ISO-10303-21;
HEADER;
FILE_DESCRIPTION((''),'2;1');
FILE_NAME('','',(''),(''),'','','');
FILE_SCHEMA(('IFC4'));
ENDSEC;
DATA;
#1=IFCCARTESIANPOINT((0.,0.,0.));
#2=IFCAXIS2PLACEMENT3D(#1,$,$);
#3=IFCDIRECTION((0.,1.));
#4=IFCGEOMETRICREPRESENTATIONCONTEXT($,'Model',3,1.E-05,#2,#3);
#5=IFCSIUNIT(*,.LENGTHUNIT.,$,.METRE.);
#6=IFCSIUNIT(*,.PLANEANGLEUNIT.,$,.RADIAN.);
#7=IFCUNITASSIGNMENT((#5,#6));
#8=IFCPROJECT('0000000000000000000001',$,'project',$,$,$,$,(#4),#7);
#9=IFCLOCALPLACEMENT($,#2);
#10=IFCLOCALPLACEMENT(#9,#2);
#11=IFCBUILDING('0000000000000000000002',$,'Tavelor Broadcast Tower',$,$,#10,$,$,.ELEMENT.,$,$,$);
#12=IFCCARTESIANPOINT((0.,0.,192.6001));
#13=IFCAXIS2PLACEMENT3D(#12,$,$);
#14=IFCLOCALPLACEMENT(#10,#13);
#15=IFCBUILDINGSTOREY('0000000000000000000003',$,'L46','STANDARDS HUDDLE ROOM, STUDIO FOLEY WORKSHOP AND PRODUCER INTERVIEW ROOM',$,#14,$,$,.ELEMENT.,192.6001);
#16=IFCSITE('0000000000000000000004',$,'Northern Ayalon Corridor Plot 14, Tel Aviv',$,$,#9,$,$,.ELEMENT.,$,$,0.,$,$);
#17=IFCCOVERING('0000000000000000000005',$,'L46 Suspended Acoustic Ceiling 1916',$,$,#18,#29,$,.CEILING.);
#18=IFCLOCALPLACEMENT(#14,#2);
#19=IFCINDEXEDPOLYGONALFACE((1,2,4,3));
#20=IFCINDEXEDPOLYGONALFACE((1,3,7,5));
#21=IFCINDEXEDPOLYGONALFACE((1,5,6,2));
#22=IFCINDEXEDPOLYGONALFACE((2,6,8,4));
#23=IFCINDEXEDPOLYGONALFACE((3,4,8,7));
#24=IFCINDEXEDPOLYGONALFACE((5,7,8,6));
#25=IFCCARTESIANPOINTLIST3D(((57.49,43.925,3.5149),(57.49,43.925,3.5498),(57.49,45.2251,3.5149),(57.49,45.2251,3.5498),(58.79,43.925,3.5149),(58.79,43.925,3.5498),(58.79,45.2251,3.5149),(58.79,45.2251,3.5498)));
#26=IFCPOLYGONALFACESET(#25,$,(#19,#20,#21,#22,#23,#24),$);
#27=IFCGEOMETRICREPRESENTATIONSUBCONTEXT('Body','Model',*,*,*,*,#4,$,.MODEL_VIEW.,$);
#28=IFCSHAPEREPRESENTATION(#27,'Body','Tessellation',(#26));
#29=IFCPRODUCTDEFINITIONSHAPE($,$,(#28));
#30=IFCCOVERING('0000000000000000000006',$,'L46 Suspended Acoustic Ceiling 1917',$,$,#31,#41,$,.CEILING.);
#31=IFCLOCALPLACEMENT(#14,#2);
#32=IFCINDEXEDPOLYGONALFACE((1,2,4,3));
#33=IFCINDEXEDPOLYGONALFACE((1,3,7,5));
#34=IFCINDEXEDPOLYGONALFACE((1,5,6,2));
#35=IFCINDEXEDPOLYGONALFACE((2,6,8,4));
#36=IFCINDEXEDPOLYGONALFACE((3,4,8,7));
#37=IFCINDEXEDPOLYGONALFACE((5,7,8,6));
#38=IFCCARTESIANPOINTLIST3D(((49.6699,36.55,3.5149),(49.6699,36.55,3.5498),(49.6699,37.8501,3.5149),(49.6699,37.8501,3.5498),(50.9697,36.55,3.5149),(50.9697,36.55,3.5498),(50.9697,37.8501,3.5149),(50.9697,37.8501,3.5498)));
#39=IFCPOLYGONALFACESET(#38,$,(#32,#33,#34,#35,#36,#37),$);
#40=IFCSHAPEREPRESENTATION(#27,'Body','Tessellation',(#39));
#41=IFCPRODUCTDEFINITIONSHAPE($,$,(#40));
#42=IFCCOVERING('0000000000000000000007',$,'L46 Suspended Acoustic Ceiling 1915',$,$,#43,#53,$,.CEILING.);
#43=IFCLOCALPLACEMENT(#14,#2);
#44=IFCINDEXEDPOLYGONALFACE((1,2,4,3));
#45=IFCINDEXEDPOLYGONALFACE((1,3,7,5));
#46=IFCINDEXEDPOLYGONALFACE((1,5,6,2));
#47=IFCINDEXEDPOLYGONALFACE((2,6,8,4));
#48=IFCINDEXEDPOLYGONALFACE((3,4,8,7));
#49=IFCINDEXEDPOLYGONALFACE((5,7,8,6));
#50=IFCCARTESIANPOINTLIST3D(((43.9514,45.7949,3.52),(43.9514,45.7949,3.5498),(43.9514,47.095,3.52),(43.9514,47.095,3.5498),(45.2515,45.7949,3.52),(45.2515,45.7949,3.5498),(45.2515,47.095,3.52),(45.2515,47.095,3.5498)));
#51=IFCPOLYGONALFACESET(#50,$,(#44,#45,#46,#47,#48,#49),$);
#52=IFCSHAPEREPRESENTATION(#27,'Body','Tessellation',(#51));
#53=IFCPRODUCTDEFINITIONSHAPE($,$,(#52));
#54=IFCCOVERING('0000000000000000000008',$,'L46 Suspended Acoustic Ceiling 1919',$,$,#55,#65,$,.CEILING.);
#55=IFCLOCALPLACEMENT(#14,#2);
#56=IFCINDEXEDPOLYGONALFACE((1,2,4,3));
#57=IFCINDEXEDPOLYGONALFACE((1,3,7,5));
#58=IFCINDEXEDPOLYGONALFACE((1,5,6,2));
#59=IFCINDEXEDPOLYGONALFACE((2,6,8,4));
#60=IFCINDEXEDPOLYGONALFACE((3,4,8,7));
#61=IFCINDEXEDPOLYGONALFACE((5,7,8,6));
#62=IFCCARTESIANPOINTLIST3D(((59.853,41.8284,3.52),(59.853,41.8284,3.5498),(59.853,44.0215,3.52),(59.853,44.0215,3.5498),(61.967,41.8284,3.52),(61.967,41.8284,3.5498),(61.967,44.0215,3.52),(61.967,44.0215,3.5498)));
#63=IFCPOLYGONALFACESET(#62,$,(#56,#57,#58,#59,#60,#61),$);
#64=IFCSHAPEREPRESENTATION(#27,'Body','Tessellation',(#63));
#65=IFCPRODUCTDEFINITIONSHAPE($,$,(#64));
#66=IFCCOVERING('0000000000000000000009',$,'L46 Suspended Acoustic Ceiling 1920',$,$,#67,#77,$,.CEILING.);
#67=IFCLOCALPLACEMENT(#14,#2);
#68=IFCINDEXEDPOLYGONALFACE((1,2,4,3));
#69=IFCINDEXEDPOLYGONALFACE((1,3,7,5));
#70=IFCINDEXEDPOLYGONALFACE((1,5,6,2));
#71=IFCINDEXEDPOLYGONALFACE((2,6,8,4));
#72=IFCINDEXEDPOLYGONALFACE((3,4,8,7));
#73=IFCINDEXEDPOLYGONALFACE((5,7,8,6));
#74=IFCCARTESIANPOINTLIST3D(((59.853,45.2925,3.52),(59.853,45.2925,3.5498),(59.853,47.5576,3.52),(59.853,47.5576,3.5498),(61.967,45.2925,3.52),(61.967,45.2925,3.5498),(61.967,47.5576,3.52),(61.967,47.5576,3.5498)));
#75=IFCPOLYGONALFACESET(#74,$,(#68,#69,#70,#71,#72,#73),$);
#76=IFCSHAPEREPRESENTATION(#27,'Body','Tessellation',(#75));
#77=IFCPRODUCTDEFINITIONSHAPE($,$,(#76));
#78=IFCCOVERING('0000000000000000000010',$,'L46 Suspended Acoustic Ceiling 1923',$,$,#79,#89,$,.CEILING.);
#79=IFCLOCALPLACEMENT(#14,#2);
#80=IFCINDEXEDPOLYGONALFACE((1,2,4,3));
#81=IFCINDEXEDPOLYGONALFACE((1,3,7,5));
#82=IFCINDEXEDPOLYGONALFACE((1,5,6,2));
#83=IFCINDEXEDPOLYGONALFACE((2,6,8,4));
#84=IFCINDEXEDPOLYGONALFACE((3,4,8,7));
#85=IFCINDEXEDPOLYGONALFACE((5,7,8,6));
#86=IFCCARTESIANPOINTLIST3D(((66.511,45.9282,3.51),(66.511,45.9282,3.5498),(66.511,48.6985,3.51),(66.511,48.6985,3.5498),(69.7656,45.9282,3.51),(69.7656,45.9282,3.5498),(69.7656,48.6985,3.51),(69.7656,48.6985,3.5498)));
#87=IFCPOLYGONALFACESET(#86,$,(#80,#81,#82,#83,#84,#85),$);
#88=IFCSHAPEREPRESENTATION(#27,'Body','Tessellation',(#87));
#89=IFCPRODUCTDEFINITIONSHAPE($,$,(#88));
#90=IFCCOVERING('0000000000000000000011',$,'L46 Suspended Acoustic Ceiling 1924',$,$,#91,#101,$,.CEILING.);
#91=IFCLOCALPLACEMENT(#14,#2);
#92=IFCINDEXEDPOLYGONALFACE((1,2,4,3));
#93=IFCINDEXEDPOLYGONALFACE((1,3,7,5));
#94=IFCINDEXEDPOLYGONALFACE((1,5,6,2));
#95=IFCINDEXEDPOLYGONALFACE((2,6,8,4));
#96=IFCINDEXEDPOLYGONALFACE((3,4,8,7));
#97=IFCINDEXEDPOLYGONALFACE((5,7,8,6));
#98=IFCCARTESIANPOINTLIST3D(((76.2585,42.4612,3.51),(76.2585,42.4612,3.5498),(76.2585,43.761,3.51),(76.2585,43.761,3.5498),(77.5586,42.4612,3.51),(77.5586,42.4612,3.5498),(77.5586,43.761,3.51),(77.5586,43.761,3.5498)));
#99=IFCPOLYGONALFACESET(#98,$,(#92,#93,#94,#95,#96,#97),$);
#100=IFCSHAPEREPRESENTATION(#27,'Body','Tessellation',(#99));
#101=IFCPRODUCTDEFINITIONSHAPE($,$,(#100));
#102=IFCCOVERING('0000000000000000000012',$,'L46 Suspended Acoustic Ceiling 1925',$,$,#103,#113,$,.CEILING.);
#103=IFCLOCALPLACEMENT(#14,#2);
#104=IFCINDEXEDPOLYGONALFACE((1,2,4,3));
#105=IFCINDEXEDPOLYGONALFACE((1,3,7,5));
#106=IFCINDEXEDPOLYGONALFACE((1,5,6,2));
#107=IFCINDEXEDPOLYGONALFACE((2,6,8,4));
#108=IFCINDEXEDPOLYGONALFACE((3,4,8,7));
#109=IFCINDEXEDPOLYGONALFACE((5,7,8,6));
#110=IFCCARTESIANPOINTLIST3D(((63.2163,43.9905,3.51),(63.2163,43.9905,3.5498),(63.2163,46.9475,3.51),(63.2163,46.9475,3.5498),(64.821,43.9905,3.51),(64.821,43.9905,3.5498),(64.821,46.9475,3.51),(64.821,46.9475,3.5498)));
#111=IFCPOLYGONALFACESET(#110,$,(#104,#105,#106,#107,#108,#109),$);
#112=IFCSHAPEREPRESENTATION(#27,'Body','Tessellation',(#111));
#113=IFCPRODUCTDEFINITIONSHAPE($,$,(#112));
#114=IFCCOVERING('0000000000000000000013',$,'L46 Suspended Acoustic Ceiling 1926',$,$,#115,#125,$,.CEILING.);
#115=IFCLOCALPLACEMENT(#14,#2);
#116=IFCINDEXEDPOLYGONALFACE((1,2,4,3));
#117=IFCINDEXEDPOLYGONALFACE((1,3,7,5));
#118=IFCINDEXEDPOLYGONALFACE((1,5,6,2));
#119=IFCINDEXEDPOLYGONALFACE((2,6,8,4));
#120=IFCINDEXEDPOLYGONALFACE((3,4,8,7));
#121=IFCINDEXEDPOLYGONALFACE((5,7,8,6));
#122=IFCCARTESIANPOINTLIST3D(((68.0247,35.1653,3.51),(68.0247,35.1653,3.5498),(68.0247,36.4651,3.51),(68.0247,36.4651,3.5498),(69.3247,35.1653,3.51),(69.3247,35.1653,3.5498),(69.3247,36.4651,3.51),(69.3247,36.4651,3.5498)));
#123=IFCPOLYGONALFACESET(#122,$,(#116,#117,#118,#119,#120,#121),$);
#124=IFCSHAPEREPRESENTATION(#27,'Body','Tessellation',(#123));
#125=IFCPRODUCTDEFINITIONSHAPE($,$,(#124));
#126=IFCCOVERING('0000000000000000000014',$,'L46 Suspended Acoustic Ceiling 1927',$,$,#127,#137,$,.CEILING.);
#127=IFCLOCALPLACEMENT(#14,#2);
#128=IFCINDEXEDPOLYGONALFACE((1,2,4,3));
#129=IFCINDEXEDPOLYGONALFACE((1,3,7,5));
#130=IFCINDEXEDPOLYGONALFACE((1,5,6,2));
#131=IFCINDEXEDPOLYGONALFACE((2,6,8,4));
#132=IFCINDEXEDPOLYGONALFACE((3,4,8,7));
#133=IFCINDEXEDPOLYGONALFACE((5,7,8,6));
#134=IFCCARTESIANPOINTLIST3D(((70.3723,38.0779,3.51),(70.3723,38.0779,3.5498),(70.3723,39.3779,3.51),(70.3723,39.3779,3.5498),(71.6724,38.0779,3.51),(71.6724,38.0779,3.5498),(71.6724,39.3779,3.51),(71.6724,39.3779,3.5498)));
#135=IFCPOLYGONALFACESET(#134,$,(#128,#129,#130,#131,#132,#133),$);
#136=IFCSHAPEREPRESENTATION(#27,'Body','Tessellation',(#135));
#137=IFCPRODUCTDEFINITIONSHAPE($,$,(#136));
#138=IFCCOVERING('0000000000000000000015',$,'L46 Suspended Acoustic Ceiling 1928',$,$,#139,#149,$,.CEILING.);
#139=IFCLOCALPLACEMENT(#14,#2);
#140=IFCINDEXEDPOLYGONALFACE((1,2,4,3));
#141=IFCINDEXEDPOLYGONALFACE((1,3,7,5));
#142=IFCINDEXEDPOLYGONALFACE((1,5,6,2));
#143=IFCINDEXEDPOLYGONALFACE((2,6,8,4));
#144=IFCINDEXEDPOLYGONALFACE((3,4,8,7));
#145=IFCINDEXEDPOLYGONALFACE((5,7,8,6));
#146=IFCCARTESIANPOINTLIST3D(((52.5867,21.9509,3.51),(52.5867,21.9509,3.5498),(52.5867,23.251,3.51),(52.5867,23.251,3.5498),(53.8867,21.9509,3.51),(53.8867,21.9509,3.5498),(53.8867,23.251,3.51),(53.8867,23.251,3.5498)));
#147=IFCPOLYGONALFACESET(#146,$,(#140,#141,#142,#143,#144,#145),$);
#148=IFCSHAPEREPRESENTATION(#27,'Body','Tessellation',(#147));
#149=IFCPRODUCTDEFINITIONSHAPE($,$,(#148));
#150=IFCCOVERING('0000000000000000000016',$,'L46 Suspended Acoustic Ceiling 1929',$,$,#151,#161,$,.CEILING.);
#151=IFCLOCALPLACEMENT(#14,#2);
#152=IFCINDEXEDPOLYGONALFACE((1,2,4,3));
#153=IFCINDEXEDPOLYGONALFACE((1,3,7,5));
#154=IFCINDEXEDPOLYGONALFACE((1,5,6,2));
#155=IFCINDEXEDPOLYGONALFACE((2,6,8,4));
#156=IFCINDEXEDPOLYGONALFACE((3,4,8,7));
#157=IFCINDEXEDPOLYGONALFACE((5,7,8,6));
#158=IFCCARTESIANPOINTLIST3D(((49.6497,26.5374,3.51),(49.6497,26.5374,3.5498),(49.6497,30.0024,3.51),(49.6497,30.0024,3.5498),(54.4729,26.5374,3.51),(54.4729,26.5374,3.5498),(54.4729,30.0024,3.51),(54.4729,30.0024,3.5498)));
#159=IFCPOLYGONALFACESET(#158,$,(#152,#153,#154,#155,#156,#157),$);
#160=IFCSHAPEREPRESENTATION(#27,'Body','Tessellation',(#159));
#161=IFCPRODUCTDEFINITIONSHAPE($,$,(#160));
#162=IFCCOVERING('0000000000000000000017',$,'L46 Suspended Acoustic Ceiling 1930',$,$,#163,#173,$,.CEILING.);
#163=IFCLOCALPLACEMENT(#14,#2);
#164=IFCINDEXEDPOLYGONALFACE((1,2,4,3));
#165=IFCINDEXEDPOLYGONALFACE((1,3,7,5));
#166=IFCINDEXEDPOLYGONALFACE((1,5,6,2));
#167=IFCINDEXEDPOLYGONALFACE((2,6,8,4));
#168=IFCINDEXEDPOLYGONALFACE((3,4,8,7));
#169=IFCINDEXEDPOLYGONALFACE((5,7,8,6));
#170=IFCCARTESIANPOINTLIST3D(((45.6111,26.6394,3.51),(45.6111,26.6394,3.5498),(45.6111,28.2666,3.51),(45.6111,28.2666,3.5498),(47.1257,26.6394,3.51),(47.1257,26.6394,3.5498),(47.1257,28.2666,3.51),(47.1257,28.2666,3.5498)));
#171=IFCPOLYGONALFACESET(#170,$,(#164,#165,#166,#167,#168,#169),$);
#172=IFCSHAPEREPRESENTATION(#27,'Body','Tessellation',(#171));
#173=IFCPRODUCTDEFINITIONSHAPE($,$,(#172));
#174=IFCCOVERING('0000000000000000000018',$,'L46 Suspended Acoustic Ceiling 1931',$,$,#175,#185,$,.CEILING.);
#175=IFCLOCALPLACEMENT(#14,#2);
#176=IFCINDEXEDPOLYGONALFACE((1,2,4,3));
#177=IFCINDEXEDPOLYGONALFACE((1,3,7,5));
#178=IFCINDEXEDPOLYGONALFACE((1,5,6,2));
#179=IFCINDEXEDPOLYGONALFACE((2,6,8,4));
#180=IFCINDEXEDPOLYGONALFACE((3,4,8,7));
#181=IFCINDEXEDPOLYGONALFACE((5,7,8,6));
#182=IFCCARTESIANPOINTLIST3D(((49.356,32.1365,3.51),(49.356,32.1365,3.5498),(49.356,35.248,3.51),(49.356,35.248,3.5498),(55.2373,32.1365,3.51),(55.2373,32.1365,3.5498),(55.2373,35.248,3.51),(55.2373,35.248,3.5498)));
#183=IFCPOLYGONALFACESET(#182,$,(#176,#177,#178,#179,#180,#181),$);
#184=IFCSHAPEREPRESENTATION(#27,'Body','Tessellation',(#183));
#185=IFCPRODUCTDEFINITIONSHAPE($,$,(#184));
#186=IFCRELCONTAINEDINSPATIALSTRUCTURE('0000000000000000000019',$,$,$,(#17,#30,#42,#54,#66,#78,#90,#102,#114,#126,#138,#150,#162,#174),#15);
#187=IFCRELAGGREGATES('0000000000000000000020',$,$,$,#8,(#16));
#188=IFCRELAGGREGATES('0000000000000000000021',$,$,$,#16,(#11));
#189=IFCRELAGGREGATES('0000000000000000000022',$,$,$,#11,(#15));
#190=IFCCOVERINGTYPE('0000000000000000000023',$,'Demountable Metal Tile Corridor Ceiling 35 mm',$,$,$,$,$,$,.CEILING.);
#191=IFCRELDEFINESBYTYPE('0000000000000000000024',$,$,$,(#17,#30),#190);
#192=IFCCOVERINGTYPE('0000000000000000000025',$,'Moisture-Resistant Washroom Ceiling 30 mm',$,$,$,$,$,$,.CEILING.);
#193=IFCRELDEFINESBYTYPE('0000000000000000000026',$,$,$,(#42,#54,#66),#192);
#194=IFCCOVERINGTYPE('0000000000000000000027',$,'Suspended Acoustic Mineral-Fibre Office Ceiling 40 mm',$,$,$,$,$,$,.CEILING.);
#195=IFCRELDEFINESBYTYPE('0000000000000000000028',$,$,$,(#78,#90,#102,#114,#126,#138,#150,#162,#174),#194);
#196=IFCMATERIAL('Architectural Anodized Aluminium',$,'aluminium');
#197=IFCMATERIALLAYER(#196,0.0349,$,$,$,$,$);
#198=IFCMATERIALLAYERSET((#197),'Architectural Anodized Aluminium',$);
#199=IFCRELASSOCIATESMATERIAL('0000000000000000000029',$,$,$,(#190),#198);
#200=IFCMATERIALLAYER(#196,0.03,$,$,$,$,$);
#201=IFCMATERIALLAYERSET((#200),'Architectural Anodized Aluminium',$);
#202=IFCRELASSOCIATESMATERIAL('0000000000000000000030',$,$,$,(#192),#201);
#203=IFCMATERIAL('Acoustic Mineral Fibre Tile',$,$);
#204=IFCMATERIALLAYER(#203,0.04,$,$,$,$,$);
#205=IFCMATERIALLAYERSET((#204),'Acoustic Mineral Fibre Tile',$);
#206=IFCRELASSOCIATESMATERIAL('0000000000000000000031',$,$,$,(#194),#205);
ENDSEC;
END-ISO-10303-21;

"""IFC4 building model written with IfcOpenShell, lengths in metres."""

from ifc_helpers import new_model, si_unit, direction, frame, origin, place, context, subcontext, project, spatial, polyline, outline, extrude, material, layer, layer_set, type_object, element, save


model = new_model("IFC4")

# Units and contexts
model_context = context("Model", 3, precision=1e-05, world=origin(), true_north=direction((0.0, 1.0)))
body_context = subcontext(model_context, "Body", "Model", "MODEL_VIEW")
ifc_project = project(units=[si_unit("LENGTHUNIT", "METRE"), si_unit("PLANEANGLEUNIT", "RADIAN")], contexts=[model_context])

# Site, building, storey
site_placement = place(None, origin())
site = spatial("IfcSite", under=ifc_project, at=site_placement, Name="Northern Ayalon Corridor Plot 14, Tel Aviv", CompositionType="ELEMENT", RefElevation=0.0)
building_placement = place(site_placement, origin())
building = spatial("IfcBuilding", under=site, at=building_placement, Name="Tavelor Broadcast Tower", CompositionType="ELEMENT")
storey_placement = place(building_placement, frame((0.0, 0.0, 192.6001)))
storey = spatial("IfcBuildingStorey", under=building, at=storey_placement, Name="L46", Description="STANDARDS HUDDLE ROOM, STUDIO FOLEY WORKSHOP AND PRODUCER INTERVIEW ROOM", CompositionType="ELEMENT", Elevation=192.6001)

# Coverings
ifc_material_1 = material(Name="Architectural Anodized Aluminium", Category="aluminium")
ifc_layer_1 = layer(ifc_material_1, 0.0349)
ifc_layer_set_1 = layer_set([ifc_layer_1], Name="Architectural Anodized Aluminium")
covering_type_1 = type_object("IfcCoveringType", Name="Demountable Metal Tile Corridor Ceiling 35 mm", PredefinedType="CEILING", material=ifc_layer_set_1)
covering_1_placement = place(storey_placement, frame((0.0, 0.0, 3.5149)))
element("IfcCovering", 1, at=covering_1_placement, inside=storey, type_object=covering_type_1, Name="L46 Suspended Acoustic Ceiling 1916", PredefinedType="CEILING", context=body_context, shape_type="SweptSolid", body=[
    extrude(outline(polyline([(57.49, 43.925), (58.79, 43.925), (58.79, 45.2251), (57.49, 45.2251), (57.49, 43.925)])), origin(), (0.0, 0.0, 1.0), 0.0349),
])
covering_2_placement = place(storey_placement, frame((0.0, 0.0, 3.5149)))
element("IfcCovering", 2, at=covering_2_placement, inside=storey, type_object=covering_type_1, Name="L46 Suspended Acoustic Ceiling 1917", PredefinedType="CEILING", context=body_context, shape_type="SweptSolid", body=[
    extrude(outline(polyline([(49.6699, 36.55), (50.9697, 36.55), (50.9697, 37.8501), (49.6699, 37.8501), (49.6699, 36.55)])), origin(), (0.0, 0.0, 1.0), 0.0349),
])
ifc_layer_2 = layer(ifc_material_1, 0.03)
ifc_layer_set_2 = layer_set([ifc_layer_2], Name="Architectural Anodized Aluminium")
covering_type_2 = type_object("IfcCoveringType", Name="Moisture-Resistant Washroom Ceiling 30 mm", PredefinedType="CEILING", material=ifc_layer_set_2)
covering_3_placement = place(storey_placement, frame((0.0, 0.0, 3.52)))
element("IfcCovering", 3, at=covering_3_placement, inside=storey, type_object=covering_type_2, Name="L46 Suspended Acoustic Ceiling 1915", PredefinedType="CEILING", context=body_context, shape_type="SweptSolid", body=[
    extrude(outline(polyline([(43.9514, 45.7949), (45.2515, 45.7949), (45.2515, 47.095), (43.9514, 47.095), (43.9514, 45.7949)])), origin(), (0.0, 0.0, 1.0), 0.0298),
])
covering_4_placement = place(storey_placement, frame((0.0, 0.0, 3.52)))
element("IfcCovering", 4, at=covering_4_placement, inside=storey, type_object=covering_type_2, Name="L46 Suspended Acoustic Ceiling 1919", PredefinedType="CEILING", context=body_context, shape_type="SweptSolid", body=[
    extrude(outline(polyline([(59.853, 41.8284), (61.967, 41.8284), (61.967, 44.0215), (59.853, 44.0215), (59.853, 41.8284)])), origin(), (0.0, 0.0, 1.0), 0.0298),
])
covering_5_placement = place(storey_placement, frame((0.0, 0.0, 3.52)))
element("IfcCovering", 5, at=covering_5_placement, inside=storey, type_object=covering_type_2, Name="L46 Suspended Acoustic Ceiling 1920", PredefinedType="CEILING", context=body_context, shape_type="SweptSolid", body=[
    extrude(outline(polyline([(59.853, 45.2925), (61.967, 45.2925), (61.967, 47.5576), (59.853, 47.5576), (59.853, 45.2925)])), origin(), (0.0, 0.0, 1.0), 0.0298),
])
ifc_material_2 = material(Name="Acoustic Mineral Fibre Tile")
ifc_layer_3 = layer(ifc_material_2, 0.04)
ifc_layer_set_3 = layer_set([ifc_layer_3], Name="Acoustic Mineral Fibre Tile")
covering_type_3 = type_object("IfcCoveringType", Name="Suspended Acoustic Mineral-Fibre Office Ceiling 40 mm", PredefinedType="CEILING", material=ifc_layer_set_3)
covering_6_placement = place(storey_placement, frame((0.0, 0.0, 3.51)))
element("IfcCovering", 6, at=covering_6_placement, inside=storey, type_object=covering_type_3, Name="L46 Suspended Acoustic Ceiling 1923", PredefinedType="CEILING", context=body_context, shape_type="SweptSolid", body=[
    extrude(outline(polyline([(66.511, 45.9282), (69.7656, 45.9282), (69.7656, 48.6985), (66.511, 48.6985), (66.511, 45.9282)])), origin(), (0.0, 0.0, 1.0), 0.0398),
])
covering_7_placement = place(storey_placement, frame((0.0, 0.0, 3.51)))
element("IfcCovering", 7, at=covering_7_placement, inside=storey, type_object=covering_type_3, Name="L46 Suspended Acoustic Ceiling 1924", PredefinedType="CEILING", context=body_context, shape_type="SweptSolid", body=[
    extrude(outline(polyline([(76.2585, 42.4612), (77.5586, 42.4612), (77.5586, 43.761), (76.2585, 43.761), (76.2585, 42.4612)])), origin(), (0.0, 0.0, 1.0), 0.0398),
])
covering_8_placement = place(storey_placement, frame((0.0, 0.0, 3.51)))
element("IfcCovering", 8, at=covering_8_placement, inside=storey, type_object=covering_type_3, Name="L46 Suspended Acoustic Ceiling 1925", PredefinedType="CEILING", context=body_context, shape_type="SweptSolid", body=[
    extrude(outline(polyline([(63.2163, 43.9905), (64.821, 43.9905), (64.821, 46.9475), (63.2163, 46.9475), (63.2163, 43.9905)])), origin(), (0.0, 0.0, 1.0), 0.0398),
])
covering_9_placement = place(storey_placement, frame((0.0, 0.0, 3.51)))
element("IfcCovering", 9, at=covering_9_placement, inside=storey, type_object=covering_type_3, Name="L46 Suspended Acoustic Ceiling 1926", PredefinedType="CEILING", context=body_context, shape_type="SweptSolid", body=[
    extrude(outline(polyline([(68.0247, 35.1653), (69.3247, 35.1653), (69.3247, 36.4651), (68.0247, 36.4651), (68.0247, 35.1653)])), origin(), (0.0, 0.0, 1.0), 0.0398),
])
covering_10_placement = place(storey_placement, frame((0.0, 0.0, 3.51)))
element("IfcCovering", 10, at=covering_10_placement, inside=storey, type_object=covering_type_3, Name="L46 Suspended Acoustic Ceiling 1927", PredefinedType="CEILING", context=body_context, shape_type="SweptSolid", body=[
    extrude(outline(polyline([(70.3723, 38.0779), (71.6724, 38.0779), (71.6724, 39.3779), (70.3723, 39.3779), (70.3723, 38.0779)])), origin(), (0.0, 0.0, 1.0), 0.0398),
])
covering_11_placement = place(storey_placement, frame((0.0, 0.0, 3.51)))
element("IfcCovering", 11, at=covering_11_placement, inside=storey, type_object=covering_type_3, Name="L46 Suspended Acoustic Ceiling 1928", PredefinedType="CEILING", context=body_context, shape_type="SweptSolid", body=[
    extrude(outline(polyline([(52.5867, 21.9509), (53.8867, 21.9509), (53.8867, 23.251), (52.5867, 23.251), (52.5867, 21.9509)])), origin(), (0.0, 0.0, 1.0), 0.0398),
])
covering_12_placement = place(storey_placement, frame((0.0, 0.0, 3.51)))
element("IfcCovering", 12, at=covering_12_placement, inside=storey, type_object=covering_type_3, Name="L46 Suspended Acoustic Ceiling 1929", PredefinedType="CEILING", context=body_context, shape_type="SweptSolid", body=[
    extrude(outline(polyline([(49.6497, 26.5374), (54.4729, 26.5374), (54.4729, 30.0024), (49.6497, 30.0024), (49.6497, 26.5374)])), origin(), (0.0, 0.0, 1.0), 0.0398),
])
covering_13_placement = place(storey_placement, frame((0.0, 0.0, 3.51)))
element("IfcCovering", 13, at=covering_13_placement, inside=storey, type_object=covering_type_3, Name="L46 Suspended Acoustic Ceiling 1930", PredefinedType="CEILING", context=body_context, shape_type="SweptSolid", body=[
    extrude(outline(polyline([(45.6111, 26.6394), (47.1257, 26.6394), (47.1257, 28.2666), (45.6111, 28.2666), (45.6111, 26.6394)])), origin(), (0.0, 0.0, 1.0), 0.0398),
])
covering_14_placement = place(storey_placement, frame((0.0, 0.0, 3.51)))
element("IfcCovering", 14, at=covering_14_placement, inside=storey, type_object=covering_type_3, Name="L46 Suspended Acoustic Ceiling 1931", PredefinedType="CEILING", context=body_context, shape_type="SweptSolid", body=[
    extrude(outline(polyline([(49.356, 32.1365), (55.2373, 32.1365), (55.2373, 35.248), (49.356, 35.248), (49.356, 32.1365)])), origin(), (0.0, 0.0, 1.0), 0.0398),
])

save(model, "model.ifc")
